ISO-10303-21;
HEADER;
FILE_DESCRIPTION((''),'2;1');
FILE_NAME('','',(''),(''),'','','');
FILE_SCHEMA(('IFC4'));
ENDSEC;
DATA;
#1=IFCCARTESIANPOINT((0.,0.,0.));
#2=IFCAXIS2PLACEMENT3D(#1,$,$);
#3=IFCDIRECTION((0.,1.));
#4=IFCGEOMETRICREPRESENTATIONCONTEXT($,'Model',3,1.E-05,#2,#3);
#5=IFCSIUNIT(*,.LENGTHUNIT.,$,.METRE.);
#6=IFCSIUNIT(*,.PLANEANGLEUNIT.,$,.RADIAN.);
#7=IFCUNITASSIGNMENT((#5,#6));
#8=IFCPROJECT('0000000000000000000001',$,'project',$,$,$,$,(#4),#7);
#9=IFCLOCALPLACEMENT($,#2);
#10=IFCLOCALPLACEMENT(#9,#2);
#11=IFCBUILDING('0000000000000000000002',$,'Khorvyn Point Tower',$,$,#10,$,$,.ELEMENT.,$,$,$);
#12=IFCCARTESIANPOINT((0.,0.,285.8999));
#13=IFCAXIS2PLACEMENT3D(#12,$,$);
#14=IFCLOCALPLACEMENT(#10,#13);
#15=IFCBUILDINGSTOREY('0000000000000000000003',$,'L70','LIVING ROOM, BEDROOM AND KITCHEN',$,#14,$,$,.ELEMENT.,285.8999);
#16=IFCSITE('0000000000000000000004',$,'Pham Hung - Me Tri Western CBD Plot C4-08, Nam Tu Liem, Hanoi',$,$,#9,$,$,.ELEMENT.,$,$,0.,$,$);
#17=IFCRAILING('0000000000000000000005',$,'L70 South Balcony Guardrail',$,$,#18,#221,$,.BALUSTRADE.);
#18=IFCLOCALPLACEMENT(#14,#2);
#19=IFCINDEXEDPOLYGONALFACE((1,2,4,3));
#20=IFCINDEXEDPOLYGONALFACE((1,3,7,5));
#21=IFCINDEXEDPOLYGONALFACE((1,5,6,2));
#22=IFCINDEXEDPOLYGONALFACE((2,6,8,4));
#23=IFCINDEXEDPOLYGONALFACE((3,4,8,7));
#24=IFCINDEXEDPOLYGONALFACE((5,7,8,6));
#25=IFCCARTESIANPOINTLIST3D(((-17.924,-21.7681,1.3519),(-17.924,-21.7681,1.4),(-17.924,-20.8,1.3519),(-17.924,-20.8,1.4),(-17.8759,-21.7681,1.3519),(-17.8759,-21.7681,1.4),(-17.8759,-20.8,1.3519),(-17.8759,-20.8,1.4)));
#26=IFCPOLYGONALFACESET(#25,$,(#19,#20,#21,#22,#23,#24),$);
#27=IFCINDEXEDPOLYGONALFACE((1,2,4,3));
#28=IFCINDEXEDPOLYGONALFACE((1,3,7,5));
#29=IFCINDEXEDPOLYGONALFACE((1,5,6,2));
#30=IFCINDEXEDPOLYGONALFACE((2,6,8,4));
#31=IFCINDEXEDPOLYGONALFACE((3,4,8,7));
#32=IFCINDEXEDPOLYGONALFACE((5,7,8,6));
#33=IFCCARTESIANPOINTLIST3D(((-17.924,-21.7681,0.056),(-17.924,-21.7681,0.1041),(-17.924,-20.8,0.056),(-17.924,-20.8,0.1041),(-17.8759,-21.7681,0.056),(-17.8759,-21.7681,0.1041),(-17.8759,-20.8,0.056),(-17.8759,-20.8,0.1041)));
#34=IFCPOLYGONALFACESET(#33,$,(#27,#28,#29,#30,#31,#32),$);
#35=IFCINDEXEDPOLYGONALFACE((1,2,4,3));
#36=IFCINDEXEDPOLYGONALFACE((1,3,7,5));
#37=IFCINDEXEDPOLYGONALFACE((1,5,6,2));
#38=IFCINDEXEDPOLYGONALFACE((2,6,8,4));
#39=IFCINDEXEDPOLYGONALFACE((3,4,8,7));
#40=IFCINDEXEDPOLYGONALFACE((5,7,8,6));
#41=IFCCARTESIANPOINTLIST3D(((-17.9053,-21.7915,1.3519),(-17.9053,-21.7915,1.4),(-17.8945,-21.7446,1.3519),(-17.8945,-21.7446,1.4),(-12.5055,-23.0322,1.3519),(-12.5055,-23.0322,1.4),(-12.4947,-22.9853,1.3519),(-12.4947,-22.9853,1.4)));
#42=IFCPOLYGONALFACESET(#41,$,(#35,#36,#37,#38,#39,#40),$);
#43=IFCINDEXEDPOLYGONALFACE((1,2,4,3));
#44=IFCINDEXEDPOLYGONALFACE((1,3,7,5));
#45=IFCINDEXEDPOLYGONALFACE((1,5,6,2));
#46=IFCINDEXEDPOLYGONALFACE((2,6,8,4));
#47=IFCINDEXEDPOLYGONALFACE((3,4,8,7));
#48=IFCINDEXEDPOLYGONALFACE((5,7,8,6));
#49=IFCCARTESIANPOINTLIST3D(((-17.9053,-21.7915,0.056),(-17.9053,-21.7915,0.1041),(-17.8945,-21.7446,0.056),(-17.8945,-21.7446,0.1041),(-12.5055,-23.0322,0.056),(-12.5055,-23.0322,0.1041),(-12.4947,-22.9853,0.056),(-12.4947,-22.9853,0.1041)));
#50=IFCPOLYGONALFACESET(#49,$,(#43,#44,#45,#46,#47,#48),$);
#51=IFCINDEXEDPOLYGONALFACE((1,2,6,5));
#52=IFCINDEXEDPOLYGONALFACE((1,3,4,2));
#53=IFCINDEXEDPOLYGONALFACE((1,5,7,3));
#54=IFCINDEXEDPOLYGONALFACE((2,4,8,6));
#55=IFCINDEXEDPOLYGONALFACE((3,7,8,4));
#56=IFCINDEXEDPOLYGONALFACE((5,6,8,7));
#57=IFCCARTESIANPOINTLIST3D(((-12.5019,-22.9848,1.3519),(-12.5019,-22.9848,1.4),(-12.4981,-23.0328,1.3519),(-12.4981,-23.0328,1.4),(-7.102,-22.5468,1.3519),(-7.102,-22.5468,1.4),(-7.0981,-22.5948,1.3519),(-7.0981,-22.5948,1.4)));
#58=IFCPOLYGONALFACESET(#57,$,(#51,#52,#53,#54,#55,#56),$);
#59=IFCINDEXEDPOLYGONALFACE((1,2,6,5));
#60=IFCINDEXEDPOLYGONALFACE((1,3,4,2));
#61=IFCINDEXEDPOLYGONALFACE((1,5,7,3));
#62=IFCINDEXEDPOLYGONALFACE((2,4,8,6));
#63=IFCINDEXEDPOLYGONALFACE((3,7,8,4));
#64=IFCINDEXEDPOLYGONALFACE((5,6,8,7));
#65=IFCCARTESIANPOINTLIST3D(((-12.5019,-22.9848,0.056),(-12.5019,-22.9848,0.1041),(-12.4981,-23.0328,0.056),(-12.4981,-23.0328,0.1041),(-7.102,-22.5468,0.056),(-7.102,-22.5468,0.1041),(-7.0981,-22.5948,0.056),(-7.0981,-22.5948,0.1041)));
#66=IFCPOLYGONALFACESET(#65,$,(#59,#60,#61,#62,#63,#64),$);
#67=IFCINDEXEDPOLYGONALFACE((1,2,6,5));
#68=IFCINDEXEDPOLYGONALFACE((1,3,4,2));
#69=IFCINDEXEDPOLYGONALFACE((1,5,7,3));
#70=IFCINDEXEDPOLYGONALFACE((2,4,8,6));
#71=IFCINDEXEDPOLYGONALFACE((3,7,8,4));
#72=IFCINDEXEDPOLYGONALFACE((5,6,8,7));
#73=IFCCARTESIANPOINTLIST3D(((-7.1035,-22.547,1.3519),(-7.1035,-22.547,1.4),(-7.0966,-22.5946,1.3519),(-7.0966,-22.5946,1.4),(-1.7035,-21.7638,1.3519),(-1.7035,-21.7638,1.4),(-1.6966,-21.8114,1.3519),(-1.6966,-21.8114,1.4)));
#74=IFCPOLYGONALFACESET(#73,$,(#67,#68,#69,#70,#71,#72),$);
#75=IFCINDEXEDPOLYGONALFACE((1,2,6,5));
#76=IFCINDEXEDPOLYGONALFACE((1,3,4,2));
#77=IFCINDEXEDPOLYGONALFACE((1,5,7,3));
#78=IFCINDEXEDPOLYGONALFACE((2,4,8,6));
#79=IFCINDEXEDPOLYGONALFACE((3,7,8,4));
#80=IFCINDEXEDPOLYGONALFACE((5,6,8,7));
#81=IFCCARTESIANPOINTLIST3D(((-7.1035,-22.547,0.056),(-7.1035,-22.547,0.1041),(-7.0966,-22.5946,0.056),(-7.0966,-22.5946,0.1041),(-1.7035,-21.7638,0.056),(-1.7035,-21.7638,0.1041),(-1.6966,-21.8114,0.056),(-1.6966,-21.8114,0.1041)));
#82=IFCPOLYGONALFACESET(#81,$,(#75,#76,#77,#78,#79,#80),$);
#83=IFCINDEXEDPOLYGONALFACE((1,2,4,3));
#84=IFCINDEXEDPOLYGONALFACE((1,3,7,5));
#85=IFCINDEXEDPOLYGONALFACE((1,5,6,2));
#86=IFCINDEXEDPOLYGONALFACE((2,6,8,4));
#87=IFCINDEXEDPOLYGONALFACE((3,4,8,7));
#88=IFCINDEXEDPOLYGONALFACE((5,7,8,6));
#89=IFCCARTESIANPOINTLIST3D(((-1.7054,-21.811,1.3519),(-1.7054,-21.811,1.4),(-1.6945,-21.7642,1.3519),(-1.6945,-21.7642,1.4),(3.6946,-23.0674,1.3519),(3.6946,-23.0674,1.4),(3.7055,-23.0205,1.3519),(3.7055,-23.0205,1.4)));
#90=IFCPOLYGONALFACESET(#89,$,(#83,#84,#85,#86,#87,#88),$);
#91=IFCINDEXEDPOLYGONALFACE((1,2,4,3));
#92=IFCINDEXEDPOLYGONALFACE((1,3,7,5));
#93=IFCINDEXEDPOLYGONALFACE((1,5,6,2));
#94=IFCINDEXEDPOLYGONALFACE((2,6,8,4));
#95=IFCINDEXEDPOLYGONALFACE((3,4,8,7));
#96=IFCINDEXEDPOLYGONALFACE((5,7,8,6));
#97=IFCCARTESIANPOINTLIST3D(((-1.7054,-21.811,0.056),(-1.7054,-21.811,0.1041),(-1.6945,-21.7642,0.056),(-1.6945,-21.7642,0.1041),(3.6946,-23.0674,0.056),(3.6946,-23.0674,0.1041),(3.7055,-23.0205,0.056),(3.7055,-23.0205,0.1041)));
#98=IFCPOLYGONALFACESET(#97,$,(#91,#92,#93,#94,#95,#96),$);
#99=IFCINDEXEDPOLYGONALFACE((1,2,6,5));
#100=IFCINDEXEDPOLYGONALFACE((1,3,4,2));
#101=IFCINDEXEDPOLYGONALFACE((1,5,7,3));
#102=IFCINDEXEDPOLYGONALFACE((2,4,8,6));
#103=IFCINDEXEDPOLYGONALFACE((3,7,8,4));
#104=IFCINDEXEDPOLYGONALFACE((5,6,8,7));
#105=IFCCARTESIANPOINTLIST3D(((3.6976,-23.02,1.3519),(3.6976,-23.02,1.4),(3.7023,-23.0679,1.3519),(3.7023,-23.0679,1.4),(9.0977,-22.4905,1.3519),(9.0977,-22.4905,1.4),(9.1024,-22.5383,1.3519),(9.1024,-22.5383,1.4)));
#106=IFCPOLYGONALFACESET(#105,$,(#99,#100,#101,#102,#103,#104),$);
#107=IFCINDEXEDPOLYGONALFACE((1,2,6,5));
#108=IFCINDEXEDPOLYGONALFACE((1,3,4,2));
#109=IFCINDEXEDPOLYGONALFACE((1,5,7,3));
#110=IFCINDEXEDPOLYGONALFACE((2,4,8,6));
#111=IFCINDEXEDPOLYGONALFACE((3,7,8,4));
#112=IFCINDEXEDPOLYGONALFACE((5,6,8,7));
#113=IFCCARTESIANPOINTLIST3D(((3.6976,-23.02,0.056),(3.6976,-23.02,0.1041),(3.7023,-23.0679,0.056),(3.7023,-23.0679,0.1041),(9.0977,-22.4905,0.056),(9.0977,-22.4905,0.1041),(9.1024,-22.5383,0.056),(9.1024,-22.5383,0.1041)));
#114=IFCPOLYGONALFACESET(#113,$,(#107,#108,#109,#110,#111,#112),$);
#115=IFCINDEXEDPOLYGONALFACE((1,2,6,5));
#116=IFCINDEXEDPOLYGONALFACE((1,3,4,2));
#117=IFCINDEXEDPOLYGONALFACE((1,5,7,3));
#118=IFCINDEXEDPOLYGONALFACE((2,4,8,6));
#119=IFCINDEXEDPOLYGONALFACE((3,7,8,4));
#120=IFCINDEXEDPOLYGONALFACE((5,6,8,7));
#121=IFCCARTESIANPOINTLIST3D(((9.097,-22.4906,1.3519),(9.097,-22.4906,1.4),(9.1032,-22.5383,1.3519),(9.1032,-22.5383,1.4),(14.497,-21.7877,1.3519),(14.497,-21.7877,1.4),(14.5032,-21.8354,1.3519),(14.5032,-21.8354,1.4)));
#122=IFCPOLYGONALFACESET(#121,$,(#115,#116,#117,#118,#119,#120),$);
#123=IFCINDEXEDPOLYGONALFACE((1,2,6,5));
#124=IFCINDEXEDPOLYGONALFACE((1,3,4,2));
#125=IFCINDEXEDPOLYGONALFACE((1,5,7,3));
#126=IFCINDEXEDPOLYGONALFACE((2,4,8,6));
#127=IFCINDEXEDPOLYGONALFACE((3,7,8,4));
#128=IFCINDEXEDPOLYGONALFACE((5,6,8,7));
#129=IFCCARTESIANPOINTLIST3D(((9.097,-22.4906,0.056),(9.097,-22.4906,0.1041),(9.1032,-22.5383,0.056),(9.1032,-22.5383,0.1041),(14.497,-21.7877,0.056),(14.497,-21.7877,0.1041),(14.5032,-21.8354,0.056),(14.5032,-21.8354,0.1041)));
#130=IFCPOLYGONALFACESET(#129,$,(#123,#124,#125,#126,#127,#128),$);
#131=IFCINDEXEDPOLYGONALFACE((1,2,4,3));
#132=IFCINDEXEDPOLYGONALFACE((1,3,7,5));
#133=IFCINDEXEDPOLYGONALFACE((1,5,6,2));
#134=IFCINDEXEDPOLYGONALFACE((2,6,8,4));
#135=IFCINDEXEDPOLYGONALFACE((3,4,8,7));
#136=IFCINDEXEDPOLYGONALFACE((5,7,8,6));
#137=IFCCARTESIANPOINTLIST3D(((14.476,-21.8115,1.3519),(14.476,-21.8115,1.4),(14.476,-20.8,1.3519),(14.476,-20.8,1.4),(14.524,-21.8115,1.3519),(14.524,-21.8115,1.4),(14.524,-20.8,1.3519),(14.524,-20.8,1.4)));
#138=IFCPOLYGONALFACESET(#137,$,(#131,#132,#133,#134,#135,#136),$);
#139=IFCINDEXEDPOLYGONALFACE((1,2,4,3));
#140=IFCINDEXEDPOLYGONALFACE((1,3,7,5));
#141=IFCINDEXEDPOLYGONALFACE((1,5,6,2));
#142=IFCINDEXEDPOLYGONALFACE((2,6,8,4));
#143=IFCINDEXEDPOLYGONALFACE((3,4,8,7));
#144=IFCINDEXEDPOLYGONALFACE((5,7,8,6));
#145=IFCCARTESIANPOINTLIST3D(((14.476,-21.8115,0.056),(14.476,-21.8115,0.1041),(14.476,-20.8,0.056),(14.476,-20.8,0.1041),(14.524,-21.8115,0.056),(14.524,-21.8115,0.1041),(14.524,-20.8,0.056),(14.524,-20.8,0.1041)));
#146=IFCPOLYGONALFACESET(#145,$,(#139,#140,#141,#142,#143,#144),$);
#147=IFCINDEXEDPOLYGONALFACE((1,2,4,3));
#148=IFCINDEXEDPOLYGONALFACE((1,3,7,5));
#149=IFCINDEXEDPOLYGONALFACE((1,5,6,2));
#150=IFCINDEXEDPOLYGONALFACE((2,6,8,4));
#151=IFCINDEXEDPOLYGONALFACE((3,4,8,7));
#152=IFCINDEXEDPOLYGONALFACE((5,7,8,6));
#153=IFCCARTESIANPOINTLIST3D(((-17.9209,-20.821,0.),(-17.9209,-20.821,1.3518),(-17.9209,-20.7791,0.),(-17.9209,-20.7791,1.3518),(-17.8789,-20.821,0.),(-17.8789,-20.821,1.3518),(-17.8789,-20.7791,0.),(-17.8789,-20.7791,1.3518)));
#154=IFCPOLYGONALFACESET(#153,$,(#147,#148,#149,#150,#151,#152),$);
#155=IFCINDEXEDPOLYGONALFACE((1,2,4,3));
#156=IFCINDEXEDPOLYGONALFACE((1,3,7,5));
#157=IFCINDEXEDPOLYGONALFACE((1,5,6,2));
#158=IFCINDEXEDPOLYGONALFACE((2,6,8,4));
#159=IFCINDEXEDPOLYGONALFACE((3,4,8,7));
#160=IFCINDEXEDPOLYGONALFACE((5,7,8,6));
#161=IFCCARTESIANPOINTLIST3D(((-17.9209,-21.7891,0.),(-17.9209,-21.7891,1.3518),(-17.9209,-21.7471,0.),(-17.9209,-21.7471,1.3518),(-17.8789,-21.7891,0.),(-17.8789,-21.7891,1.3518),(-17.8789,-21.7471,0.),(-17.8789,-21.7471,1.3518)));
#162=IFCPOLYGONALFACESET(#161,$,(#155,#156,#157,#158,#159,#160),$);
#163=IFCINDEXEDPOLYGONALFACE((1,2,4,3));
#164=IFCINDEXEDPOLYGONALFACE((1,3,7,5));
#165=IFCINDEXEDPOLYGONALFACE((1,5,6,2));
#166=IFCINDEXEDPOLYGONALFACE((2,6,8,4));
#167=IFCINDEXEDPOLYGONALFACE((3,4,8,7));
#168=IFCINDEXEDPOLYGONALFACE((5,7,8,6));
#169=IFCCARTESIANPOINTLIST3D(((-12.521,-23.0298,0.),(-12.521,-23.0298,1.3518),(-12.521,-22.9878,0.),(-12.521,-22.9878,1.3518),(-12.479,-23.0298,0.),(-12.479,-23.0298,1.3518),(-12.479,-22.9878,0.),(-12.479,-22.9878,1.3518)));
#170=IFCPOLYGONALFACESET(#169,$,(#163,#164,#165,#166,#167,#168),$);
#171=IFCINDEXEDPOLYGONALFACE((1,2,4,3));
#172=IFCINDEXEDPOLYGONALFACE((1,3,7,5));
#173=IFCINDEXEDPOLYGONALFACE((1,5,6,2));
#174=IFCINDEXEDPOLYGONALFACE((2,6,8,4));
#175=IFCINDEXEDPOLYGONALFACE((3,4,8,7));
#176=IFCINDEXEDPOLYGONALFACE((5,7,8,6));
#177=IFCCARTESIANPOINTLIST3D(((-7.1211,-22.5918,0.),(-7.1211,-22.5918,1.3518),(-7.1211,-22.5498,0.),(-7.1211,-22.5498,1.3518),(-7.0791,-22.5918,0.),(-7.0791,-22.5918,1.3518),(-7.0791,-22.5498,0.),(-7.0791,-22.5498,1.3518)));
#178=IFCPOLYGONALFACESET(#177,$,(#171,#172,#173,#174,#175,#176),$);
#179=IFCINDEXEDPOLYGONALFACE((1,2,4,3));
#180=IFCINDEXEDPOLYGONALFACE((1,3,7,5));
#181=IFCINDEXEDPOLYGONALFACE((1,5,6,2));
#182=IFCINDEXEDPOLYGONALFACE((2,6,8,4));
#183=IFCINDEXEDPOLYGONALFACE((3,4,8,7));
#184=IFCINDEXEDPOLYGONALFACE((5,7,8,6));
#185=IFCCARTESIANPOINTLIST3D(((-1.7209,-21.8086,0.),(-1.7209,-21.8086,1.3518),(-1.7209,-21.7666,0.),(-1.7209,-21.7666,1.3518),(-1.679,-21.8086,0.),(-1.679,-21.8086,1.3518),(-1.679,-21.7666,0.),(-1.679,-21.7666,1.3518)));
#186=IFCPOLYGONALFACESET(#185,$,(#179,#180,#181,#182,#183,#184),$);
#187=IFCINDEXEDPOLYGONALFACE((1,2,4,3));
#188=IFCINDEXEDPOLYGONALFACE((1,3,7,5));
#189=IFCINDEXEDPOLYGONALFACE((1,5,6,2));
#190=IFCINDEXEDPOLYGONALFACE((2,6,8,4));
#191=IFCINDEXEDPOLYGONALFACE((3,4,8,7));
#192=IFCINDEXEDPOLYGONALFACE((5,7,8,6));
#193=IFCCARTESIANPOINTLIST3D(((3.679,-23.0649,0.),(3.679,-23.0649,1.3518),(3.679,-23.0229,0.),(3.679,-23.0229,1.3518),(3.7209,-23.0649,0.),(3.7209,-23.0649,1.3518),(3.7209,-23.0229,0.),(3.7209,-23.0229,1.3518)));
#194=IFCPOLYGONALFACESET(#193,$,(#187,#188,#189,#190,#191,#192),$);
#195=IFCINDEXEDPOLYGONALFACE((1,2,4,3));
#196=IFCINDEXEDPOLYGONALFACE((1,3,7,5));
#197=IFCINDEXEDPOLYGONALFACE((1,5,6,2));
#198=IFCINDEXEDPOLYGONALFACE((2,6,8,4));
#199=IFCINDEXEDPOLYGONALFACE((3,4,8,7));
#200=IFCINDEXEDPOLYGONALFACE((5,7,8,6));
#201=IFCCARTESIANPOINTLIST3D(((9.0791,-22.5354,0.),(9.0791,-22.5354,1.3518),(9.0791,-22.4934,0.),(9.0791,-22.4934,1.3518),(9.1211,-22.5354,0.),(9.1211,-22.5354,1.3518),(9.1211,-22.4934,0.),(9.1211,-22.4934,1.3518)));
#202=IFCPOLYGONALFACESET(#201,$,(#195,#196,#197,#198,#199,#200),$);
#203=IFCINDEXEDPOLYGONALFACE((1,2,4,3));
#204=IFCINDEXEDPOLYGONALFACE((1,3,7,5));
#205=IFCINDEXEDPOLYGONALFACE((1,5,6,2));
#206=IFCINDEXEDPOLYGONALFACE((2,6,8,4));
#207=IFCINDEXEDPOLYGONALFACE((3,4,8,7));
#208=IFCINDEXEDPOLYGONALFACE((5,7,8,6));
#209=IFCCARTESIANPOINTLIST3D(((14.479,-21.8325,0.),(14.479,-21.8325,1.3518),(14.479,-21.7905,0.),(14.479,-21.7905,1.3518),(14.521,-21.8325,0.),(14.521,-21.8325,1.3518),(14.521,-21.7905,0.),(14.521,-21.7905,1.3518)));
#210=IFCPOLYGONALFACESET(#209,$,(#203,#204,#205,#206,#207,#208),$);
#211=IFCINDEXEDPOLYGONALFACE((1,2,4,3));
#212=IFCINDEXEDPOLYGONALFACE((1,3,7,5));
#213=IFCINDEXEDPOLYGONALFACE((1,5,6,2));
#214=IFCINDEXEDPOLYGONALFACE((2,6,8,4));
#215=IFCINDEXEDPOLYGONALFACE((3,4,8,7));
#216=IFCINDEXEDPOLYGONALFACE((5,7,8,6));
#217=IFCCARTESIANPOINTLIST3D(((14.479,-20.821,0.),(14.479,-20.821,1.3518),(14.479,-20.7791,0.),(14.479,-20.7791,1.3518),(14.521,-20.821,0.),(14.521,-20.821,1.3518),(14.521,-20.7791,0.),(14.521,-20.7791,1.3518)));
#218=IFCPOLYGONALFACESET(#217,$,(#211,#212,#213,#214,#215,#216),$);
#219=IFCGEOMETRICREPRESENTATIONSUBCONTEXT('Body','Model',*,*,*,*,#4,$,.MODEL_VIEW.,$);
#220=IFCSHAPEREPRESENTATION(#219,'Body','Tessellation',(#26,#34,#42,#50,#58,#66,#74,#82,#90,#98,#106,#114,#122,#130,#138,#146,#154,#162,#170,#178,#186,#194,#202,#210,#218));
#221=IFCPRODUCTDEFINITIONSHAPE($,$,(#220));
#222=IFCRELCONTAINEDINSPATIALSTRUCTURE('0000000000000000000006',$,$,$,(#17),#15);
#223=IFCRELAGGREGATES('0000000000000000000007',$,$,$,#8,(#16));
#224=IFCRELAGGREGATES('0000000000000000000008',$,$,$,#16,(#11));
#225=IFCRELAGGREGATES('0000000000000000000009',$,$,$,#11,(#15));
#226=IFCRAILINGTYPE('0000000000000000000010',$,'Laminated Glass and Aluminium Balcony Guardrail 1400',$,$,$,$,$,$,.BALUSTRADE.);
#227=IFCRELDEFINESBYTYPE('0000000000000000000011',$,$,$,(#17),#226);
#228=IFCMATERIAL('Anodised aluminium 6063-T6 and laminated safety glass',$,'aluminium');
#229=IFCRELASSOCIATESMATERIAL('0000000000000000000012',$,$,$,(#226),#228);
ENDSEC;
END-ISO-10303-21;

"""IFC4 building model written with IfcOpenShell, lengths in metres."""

from ifc_helpers import new_model, si_unit, direction, frame, origin, origin_2d, place, context, subcontext, project, spatial, rectangle, extrude, material, type_object, element, save


model = new_model("IFC4")

# Units and contexts
model_context = context("Model", 3, precision=1e-05, world=origin(), true_north=direction((0.0, 1.0)))
body_context = subcontext(model_context, "Body", "Model", "MODEL_VIEW")
ifc_project = project(units=[si_unit("LENGTHUNIT", "METRE"), si_unit("PLANEANGLEUNIT", "RADIAN")], contexts=[model_context])

# Site, building, storey
site_placement = place(None, origin())
site = spatial("IfcSite", under=ifc_project, at=site_placement, Name="Pham Hung - Me Tri Western CBD Plot C4-08, Nam Tu Liem, Hanoi", CompositionType="ELEMENT", RefElevation=0.0)
building_placement = place(site_placement, origin())
building = spatial("IfcBuilding", under=site, at=building_placement, Name="Khorvyn Point Tower", CompositionType="ELEMENT")
storey_placement = place(building_placement, frame((0.0, 0.0, 285.8999)))
storey = spatial("IfcBuildingStorey", under=building, at=storey_placement, Name="L70", Description="LIVING ROOM, BEDROOM AND KITCHEN", CompositionType="ELEMENT", Elevation=285.8999)

# Railing
ifc_material_1 = material(Name="Anodised aluminium 6063-T6 and laminated safety glass", Category="aluminium")
railing_type = type_object("IfcRailingType", Name="Laminated Glass and Aluminium Balcony Guardrail 1400", PredefinedType="BALUSTRADE", material=ifc_material_1)
railing_1_placement = place(storey_placement, frame((-17.8999, -20.8, 0.0)))
element("IfcRailing", 1, at=railing_1_placement, inside=storey, type_object=railing_type, Name="L70 South Balcony Guardrail", PredefinedType="BALUSTRADE", context=body_context, shape_type="SweptSolid", body=[
    extrude(rectangle(XDim=0.0481, YDim=0.0481, at=origin_2d()), frame((0.0, 0.0, 1.376), z_axis=(0.0, -1.0, 0.0), x_axis=(1.0, 0.0, 0.0)), (0.0, 0.0, 1.0), 0.968),
    extrude(rectangle(XDim=0.0481, YDim=0.0481, at=origin_2d()), frame((0.0, 0.0, 0.0801), z_axis=(0.0, -1.0, 0.0), x_axis=(1.0, 0.0, 0.0)), (0.0, 0.0, 1.0), 0.968),
    extrude(rectangle(XDim=0.0481, YDim=0.0481, at=origin_2d()), frame((0.0, -0.968, 1.376), z_axis=(0.974605, -0.223933, 0.0), x_axis=(0.223933, 0.974605, 0.0)), (0.0, 0.0, 1.0), 5.5405),
    extrude(rectangle(XDim=0.0481, YDim=0.0481, at=origin_2d()), frame((0.0, -0.968, 0.0801), z_axis=(0.974605, -0.223933, 0.0), x_axis=(0.223933, 0.974605, 0.0)), (0.0, 0.0, 1.0), 5.5405),
    extrude(rectangle(XDim=0.0481, YDim=0.0481, at=origin_2d()), frame((5.3999, -2.2087, 1.376), z_axis=(0.996727, 0.080845, 0.0), x_axis=(-0.080845, 0.996727, 0.0)), (0.0, 0.0, 1.0), 5.4177),
    extrude(rectangle(XDim=0.0481, YDim=0.0481, at=origin_2d()), frame((5.3999, -2.2087, 0.0801), z_axis=(0.996727, 0.080845, 0.0), x_axis=(-0.080845, 0.996727, 0.0)), (0.0, 0.0, 1.0), 5.4177),
    extrude(rectangle(XDim=0.0481, YDim=0.0481, at=origin_2d()), frame((10.7998, -1.7708, 1.376), z_axis=(0.989646, 0.143532, 0.0), x_axis=(-0.143532, 0.989646, 0.0)), (0.0, 0.0, 1.0), 5.4565),
    extrude(rectangle(XDim=0.0481, YDim=0.0481, at=origin_2d()), frame((10.7998, -1.7708, 0.0801), z_axis=(0.989646, 0.143532, 0.0), x_axis=(-0.143532, 0.989646, 0.0)), (0.0, 0.0, 1.0), 5.4565),
    extrude(rectangle(XDim=0.0481, YDim=0.0481, at=origin_2d()), frame((16.2, -0.9875, 1.376), z_axis=(0.973986, -0.226609, 0.0), x_axis=(0.226609, 0.973986, 0.0)), (0.0, 0.0, 1.0), 5.5442),
    extrude(rectangle(XDim=0.0481, YDim=0.0481, at=origin_2d()), frame((16.2, -0.9875, 0.0801), z_axis=(0.973986, -0.226609, 0.0), x_axis=(0.226609, 0.973986, 0.0)), (0.0, 0.0, 1.0), 5.5442),
    extrude(rectangle(XDim=0.0481, YDim=0.0481, at=origin_2d()), frame((21.5999, -2.2439, 1.376), z_axis=(0.995226, 0.097592, 0.0), x_axis=(-0.097592, 0.995226, 0.0)), (0.0, 0.0, 1.0), 5.426),
    extrude(rectangle(XDim=0.0481, YDim=0.0481, at=origin_2d()), frame((21.5999, -2.2439, 0.0801), z_axis=(0.995226, 0.097592, 0.0), x_axis=(-0.097592, 0.995226, 0.0)), (0.0, 0.0, 1.0), 5.426),
    extrude(rectangle(XDim=0.0481, YDim=0.0481, at=origin_2d()), frame((27.0, -1.7144, 1.376), z_axis=(0.991635, 0.129077, 0.0), x_axis=(-0.129077, 0.991635, 0.0)), (0.0, 0.0, 1.0), 5.4456),
    extrude(rectangle(XDim=0.0481, YDim=0.0481, at=origin_2d()), frame((27.0, -1.7144, 0.0801), z_axis=(0.991635, 0.129077, 0.0), x_axis=(-0.129077, 0.991635, 0.0)), (0.0, 0.0, 1.0), 5.4456),
    extrude(rectangle(XDim=0.0481, YDim=0.0481, at=origin_2d()), frame((32.3999, -1.0115, 1.376), z_axis=(0.0, 1.0, 0.0), x_axis=(-1.0, 0.0, 0.0)), (0.0, 0.0, 1.0), 1.0115),
    extrude(rectangle(XDim=0.0481, YDim=0.0481, at=origin_2d()), frame((32.3999, -1.0115, 0.0801), z_axis=(0.0, 1.0, 0.0), x_axis=(-1.0, 0.0, 0.0)), (0.0, 0.0, 1.0), 1.0115),
    extrude(rectangle(XDim=0.042, YDim=0.042, at=origin_2d()), origin(), (0.0, 0.0, 1.0), 1.3518),
    extrude(rectangle(XDim=0.042, YDim=0.042, at=origin_2d()), frame((0.0, -0.968, 0.0)), (0.0, 0.0, 1.0), 1.3518),
    extrude(rectangle(XDim=0.042, YDim=0.042, at=origin_2d()), frame((5.3999, -2.2087, 0.0)), (0.0, 0.0, 1.0), 1.3518),
    extrude(rectangle(XDim=0.042, YDim=0.042, at=origin_2d()), frame((10.7998, -1.7708, 0.0)), (0.0, 0.0, 1.0), 1.3518),
    extrude(rectangle(XDim=0.042, YDim=0.042, at=origin_2d()), frame((16.2, -0.9875, 0.0)), (0.0, 0.0, 1.0), 1.3518),
    extrude(rectangle(XDim=0.042, YDim=0.042, at=origin_2d()), frame((21.5999, -2.2439, 0.0)), (0.0, 0.0, 1.0), 1.3518),
    extrude(rectangle(XDim=0.042, YDim=0.042, at=origin_2d()), frame((27.0, -1.7144, 0.0)), (0.0, 0.0, 1.0), 1.3518),
    extrude(rectangle(XDim=0.042, YDim=0.042, at=origin_2d()), frame((32.3999, -1.0115, 0.0)), (0.0, 0.0, 1.0), 1.3518),
    extrude(rectangle(XDim=0.042, YDim=0.042, at=origin_2d()), frame((32.3999, 0.0, 0.0)), (0.0, 0.0, 1.0), 1.3518),
])

save(model, "model.ifc")
